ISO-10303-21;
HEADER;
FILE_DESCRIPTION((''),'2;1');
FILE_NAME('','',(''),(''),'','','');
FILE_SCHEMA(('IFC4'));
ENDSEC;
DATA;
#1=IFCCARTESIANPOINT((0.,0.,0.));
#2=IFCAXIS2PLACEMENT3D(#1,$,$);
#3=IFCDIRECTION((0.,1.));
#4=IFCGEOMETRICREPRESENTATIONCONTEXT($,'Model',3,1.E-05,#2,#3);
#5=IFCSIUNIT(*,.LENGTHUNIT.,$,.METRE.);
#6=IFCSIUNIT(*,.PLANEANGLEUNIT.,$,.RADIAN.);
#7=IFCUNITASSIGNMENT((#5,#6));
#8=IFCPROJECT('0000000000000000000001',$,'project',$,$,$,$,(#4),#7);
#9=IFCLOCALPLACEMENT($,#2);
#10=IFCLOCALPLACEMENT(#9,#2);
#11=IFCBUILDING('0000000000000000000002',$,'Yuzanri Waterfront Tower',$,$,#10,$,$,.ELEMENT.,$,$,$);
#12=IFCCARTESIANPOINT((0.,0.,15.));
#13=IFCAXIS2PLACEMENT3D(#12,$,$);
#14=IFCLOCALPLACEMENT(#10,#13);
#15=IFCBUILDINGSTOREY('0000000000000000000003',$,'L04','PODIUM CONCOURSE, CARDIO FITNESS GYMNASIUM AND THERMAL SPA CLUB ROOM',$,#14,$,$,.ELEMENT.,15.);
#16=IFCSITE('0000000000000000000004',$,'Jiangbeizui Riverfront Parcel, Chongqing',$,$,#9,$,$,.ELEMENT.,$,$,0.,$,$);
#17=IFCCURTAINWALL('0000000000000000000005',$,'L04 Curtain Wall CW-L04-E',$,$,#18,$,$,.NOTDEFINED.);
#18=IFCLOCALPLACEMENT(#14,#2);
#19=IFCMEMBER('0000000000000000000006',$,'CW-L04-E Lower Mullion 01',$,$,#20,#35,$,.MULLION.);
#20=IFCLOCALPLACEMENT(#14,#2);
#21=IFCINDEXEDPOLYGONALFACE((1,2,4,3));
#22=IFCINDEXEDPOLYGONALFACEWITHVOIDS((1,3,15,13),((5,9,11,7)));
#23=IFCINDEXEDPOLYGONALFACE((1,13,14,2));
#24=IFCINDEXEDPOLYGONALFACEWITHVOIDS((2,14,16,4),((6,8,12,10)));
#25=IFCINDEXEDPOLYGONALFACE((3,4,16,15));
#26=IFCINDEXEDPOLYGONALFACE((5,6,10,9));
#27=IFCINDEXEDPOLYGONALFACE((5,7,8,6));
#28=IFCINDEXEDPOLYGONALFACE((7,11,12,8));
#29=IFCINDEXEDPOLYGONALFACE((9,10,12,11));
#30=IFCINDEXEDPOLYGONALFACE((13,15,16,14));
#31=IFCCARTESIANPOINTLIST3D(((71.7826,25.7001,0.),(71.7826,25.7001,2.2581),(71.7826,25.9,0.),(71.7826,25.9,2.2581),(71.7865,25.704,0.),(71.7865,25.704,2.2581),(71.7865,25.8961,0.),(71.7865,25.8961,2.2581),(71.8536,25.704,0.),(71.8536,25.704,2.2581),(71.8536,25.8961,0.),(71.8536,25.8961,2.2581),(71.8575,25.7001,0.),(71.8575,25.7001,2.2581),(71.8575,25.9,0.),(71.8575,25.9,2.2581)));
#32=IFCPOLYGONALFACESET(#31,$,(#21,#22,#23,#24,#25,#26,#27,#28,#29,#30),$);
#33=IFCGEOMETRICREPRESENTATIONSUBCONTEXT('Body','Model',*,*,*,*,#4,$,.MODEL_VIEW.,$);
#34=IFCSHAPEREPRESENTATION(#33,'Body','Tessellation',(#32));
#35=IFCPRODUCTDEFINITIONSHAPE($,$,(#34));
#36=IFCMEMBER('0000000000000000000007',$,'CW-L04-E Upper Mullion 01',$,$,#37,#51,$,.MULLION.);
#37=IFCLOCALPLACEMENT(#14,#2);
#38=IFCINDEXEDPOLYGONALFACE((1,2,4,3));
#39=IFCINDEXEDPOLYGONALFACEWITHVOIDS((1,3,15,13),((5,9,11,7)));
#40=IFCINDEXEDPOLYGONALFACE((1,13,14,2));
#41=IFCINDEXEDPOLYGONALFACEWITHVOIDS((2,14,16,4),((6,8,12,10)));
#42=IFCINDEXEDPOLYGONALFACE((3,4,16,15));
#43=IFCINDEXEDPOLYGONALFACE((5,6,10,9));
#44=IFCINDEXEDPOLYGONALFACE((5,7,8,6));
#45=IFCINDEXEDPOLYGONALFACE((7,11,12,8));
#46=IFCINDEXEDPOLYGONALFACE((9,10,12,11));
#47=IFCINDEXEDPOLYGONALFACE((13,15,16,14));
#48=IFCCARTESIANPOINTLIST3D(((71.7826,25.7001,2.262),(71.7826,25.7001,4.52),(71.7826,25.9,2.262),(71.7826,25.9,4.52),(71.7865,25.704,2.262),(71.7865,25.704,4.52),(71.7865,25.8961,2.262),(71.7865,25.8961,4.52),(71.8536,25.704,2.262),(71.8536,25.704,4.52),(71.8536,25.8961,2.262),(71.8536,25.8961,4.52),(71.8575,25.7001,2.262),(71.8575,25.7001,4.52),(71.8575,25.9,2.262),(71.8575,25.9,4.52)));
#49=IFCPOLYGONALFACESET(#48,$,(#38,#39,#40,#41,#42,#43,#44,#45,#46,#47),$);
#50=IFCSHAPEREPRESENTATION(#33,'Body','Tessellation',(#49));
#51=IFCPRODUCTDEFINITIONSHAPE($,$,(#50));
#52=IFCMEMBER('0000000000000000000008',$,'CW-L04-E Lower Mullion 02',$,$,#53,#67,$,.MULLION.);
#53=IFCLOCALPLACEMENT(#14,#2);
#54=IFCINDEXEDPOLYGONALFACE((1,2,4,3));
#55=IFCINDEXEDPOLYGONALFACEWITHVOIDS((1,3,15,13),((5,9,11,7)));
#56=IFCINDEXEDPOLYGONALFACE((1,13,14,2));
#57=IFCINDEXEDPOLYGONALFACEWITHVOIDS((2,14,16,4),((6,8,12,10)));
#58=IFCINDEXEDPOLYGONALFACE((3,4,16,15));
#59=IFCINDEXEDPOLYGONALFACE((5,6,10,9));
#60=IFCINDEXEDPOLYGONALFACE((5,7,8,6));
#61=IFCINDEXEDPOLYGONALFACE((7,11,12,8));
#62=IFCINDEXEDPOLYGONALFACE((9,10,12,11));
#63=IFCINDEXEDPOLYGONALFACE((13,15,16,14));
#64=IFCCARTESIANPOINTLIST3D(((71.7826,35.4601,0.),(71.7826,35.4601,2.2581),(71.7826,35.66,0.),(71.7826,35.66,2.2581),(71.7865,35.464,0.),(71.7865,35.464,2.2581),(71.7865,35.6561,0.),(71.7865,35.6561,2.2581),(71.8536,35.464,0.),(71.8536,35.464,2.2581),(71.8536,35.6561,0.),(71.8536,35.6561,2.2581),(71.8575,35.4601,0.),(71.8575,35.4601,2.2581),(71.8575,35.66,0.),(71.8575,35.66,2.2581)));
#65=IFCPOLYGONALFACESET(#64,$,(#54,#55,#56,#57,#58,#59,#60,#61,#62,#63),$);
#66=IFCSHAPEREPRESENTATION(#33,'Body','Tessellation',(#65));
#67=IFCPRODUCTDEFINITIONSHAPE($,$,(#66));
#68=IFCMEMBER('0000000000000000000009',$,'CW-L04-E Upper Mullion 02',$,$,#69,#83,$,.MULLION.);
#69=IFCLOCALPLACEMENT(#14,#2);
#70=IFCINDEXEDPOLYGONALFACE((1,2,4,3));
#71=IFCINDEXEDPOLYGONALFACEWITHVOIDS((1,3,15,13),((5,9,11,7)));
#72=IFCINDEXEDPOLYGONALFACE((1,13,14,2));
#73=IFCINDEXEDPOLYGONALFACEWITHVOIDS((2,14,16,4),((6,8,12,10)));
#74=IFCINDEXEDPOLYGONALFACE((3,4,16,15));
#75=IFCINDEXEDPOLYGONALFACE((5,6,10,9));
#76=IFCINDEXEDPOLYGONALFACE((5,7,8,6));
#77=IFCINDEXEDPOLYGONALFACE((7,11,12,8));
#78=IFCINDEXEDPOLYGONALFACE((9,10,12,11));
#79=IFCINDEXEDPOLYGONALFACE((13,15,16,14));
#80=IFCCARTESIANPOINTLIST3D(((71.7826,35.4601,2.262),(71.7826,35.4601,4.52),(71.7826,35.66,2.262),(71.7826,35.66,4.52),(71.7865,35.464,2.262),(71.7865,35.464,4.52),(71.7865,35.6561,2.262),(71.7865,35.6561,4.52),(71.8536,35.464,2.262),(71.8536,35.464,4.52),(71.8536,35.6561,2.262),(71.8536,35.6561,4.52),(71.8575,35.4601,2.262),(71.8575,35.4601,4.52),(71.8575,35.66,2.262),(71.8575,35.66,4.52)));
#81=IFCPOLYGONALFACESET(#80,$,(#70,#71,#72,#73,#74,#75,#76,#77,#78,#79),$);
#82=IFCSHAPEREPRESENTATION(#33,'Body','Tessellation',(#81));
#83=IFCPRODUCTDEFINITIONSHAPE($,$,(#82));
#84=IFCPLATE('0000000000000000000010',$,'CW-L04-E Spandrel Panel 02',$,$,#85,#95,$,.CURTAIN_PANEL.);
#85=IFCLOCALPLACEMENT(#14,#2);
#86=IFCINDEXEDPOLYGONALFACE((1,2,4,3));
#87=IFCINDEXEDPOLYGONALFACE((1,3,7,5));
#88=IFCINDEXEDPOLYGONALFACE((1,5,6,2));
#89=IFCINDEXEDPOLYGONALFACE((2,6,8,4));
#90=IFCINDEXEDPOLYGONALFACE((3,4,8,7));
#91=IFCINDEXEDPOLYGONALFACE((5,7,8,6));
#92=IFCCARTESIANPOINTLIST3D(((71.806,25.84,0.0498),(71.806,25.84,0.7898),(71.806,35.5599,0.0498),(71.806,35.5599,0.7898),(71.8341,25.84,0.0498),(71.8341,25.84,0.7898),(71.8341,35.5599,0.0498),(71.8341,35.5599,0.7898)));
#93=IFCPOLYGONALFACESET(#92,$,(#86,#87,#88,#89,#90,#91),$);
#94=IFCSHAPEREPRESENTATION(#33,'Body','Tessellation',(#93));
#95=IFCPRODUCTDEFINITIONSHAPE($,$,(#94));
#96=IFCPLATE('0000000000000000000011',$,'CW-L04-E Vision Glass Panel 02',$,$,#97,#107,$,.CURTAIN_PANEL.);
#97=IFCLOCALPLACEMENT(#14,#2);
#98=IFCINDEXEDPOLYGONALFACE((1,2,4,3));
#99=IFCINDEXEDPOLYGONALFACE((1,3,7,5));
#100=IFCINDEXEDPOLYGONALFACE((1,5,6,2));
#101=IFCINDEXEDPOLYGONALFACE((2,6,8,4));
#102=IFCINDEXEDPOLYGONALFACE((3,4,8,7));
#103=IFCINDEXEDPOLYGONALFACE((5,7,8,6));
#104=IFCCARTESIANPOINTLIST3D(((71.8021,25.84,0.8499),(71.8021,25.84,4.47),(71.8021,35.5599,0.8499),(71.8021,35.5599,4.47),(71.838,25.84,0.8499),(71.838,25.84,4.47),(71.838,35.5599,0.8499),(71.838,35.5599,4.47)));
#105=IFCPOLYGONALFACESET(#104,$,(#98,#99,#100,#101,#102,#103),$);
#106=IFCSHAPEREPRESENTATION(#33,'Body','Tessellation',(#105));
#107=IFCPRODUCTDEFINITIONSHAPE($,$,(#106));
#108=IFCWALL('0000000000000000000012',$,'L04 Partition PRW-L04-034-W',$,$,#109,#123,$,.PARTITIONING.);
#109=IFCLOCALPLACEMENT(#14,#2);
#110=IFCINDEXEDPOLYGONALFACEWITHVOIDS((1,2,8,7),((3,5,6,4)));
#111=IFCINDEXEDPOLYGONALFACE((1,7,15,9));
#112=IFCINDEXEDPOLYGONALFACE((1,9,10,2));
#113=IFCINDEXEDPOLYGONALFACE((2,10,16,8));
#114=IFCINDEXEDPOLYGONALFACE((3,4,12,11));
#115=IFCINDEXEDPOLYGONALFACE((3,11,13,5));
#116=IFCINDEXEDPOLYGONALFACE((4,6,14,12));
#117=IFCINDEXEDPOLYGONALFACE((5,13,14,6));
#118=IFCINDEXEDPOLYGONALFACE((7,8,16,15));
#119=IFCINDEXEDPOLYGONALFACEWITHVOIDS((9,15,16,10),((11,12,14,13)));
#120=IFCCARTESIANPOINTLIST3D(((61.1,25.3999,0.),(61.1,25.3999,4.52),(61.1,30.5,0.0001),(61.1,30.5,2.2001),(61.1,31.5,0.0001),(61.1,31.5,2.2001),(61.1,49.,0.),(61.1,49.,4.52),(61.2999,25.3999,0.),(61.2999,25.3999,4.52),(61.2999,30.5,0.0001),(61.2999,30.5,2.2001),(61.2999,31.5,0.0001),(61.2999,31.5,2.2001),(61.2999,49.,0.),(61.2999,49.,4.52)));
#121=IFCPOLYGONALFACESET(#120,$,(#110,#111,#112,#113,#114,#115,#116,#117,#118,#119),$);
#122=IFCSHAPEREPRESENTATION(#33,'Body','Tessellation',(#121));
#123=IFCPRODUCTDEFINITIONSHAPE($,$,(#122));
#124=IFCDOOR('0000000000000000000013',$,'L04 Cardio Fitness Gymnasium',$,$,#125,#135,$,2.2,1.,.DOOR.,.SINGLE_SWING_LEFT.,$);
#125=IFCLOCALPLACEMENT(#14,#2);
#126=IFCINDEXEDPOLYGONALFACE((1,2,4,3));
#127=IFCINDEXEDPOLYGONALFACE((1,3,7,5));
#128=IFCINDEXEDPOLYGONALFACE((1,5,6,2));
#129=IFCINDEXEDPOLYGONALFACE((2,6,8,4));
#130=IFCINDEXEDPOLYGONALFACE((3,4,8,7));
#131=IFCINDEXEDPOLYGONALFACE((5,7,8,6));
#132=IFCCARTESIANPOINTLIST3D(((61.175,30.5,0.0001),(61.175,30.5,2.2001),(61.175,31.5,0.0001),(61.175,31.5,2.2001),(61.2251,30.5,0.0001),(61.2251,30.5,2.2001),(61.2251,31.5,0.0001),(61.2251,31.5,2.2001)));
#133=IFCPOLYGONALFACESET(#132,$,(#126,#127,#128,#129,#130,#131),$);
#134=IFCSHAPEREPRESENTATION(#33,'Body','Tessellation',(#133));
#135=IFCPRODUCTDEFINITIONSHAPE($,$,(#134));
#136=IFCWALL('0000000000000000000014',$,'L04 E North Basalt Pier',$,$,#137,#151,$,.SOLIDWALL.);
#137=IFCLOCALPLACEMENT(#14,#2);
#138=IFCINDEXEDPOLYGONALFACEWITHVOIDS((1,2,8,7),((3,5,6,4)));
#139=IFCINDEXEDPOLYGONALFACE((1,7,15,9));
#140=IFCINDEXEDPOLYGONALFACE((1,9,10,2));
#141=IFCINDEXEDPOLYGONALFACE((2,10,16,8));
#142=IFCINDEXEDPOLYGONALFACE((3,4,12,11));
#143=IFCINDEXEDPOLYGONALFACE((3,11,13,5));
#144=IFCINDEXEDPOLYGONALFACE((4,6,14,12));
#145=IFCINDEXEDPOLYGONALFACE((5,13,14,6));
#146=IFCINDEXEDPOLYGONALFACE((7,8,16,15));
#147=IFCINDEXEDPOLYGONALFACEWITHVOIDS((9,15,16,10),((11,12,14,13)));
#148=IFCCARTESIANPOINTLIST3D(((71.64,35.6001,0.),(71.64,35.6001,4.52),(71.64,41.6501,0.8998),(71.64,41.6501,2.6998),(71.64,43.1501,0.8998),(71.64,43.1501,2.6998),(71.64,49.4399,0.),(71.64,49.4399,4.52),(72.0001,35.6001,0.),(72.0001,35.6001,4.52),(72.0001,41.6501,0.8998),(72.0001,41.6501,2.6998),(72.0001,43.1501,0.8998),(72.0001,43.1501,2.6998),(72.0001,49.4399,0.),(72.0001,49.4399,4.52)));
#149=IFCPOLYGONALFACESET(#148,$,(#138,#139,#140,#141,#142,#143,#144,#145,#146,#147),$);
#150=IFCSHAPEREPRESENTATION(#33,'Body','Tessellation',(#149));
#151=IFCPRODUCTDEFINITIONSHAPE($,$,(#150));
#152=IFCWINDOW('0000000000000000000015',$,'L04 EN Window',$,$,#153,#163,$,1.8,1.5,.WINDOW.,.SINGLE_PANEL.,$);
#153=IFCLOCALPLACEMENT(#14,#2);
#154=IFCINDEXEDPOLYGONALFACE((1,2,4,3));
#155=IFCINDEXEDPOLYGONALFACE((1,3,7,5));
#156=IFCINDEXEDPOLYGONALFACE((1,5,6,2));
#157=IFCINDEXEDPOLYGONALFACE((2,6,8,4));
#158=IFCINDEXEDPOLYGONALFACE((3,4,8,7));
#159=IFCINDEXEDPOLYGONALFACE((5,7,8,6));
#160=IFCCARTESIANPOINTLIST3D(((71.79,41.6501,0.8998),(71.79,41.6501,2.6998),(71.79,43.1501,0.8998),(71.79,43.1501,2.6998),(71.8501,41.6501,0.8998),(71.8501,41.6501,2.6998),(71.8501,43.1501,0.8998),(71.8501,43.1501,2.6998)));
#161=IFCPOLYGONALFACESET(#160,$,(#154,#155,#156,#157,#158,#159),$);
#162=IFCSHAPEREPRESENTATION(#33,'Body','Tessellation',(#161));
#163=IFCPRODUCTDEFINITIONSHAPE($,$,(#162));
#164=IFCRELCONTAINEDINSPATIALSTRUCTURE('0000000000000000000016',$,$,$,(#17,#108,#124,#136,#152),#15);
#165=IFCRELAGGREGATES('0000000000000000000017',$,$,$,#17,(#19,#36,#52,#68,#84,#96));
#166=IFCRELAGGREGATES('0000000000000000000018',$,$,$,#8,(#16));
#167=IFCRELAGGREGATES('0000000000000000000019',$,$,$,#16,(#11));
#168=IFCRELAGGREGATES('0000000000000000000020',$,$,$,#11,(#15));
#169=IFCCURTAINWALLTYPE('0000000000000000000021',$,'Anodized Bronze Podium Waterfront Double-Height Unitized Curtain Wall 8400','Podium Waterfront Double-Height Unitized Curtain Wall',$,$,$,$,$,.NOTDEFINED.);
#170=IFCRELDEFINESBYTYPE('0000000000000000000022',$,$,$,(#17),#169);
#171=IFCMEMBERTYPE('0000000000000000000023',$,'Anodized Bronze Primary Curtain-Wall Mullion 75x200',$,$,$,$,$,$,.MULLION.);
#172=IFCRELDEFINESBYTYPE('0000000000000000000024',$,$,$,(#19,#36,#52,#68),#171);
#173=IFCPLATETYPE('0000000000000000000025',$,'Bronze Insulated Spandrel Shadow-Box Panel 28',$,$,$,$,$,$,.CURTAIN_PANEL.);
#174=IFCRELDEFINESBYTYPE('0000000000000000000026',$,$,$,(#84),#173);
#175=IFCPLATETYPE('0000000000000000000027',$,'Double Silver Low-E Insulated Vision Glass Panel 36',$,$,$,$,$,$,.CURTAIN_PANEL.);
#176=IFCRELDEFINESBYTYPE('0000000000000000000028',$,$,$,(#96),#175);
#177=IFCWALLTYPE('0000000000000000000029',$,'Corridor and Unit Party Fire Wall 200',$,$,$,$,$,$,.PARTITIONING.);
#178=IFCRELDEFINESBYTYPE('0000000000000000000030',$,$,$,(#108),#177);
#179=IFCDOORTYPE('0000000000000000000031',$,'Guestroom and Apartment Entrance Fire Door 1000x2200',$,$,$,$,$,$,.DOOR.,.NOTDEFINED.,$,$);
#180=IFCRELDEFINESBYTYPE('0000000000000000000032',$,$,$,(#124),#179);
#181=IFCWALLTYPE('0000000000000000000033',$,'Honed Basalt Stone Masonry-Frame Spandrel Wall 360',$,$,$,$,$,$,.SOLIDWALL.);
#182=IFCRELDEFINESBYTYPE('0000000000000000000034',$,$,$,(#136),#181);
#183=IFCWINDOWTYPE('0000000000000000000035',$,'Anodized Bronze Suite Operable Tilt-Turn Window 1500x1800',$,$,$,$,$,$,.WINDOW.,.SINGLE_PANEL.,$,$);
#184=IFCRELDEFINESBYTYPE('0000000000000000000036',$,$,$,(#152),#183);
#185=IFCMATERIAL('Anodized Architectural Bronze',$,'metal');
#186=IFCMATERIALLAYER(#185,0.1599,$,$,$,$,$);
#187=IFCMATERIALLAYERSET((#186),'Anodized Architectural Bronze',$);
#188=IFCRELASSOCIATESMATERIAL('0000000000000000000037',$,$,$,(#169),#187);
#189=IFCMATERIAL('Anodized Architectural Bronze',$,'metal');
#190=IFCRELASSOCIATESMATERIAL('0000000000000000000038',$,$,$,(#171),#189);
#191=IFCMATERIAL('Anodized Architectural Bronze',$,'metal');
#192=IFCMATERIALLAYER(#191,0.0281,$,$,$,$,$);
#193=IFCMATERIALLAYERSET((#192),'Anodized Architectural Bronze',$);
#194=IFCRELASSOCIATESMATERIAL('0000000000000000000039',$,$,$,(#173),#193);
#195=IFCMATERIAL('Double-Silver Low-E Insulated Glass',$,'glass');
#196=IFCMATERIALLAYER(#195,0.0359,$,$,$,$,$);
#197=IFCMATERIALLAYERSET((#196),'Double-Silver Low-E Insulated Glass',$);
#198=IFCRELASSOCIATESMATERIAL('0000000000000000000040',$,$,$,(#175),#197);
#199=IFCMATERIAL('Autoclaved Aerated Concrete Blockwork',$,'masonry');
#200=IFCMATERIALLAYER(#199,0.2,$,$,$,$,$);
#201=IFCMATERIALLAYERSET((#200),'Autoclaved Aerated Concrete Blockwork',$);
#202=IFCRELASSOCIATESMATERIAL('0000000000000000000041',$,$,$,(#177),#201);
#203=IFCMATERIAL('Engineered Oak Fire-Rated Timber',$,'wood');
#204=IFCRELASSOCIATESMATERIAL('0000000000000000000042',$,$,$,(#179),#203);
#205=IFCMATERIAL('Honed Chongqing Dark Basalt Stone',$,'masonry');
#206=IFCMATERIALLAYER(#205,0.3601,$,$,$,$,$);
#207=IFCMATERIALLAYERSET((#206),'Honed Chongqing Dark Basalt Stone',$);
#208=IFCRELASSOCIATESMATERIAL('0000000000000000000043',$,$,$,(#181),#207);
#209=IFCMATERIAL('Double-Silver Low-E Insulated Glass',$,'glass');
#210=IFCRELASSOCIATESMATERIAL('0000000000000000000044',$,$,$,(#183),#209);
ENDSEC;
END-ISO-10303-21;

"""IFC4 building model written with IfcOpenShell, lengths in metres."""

from ifc_helpers import new_model, si_unit, direction, frame, frame_2d, origin, origin_2d, place, context, subcontext, project, spatial, rectangle, hollow_rectangle, extrude, source, transform, mapped, material, layer, layer_set, material_profile, profile_set, type_object, element, fill, aggregate, save


model = new_model("IFC4")

# Units and contexts
model_context = context("Model", 3, precision=1e-05, world=origin(), true_north=direction((0.0, 1.0)))
body_context = subcontext(model_context, "Body", "Model", "MODEL_VIEW")
ifc_project = project(units=[si_unit("LENGTHUNIT", "METRE"), si_unit("PLANEANGLEUNIT", "RADIAN")], contexts=[model_context])

# Site, building, storey
site_placement = place(None, origin())
site = spatial("IfcSite", under=ifc_project, at=site_placement, Name="Jiangbeizui Riverfront Parcel, Chongqing", CompositionType="ELEMENT", RefElevation=0.0)
building_placement = place(site_placement, origin())
building = spatial("IfcBuilding", under=site, at=building_placement, Name="Yuzanri Waterfront Tower", CompositionType="ELEMENT")
storey_placement = place(building_placement, frame((0.0, 0.0, 15.0)))
storey = spatial("IfcBuildingStorey", under=building, at=storey_placement, Name="L04", Description="PODIUM CONCOURSE, CARDIO FITNESS GYMNASIUM AND THERMAL SPA CLUB ROOM", CompositionType="ELEMENT", Elevation=15.0)

# Curtain wall, members, plates
ifc_material_1 = material(Name="Anodized Architectural Bronze", Category="metal")
ifc_layer_1 = layer(ifc_material_1, 0.1599)
ifc_layer_set_1 = layer_set([ifc_layer_1], Name="Anodized Architectural Bronze")
curtain_wall_type = type_object("IfcCurtainWallType", Name="Anodized Bronze Podium Waterfront Double-Height Unitized Curtain Wall 8400", Description="Podium Waterfront Double-Height Unitized Curtain Wall", PredefinedType="NOTDEFINED", material=ifc_layer_set_1)
curtain_wall_placement = place(storey_placement, origin())
curtain_wall = element("IfcCurtainWall", 1, at=curtain_wall_placement, inside=storey, type_object=curtain_wall_type, Name="L04 Curtain Wall CW-L04-E", PredefinedType="NOTDEFINED")
ifc_material_2 = material(Name="Anodized Architectural Bronze", Category="metal")
ifc_material_profile_1 = material_profile(ifc_material_2, hollow_rectangle(XDim=0.075, YDim=0.2, WallThickness=0.0039, at=origin_2d()), Name="CWM 75x200")
ifc_profile_set_1 = profile_set([ifc_material_profile_1], Name="Anodized Architectural Bronze")
member_type = type_object("IfcMemberType", Name="Anodized Bronze Primary Curtain-Wall Mullion 75x200", PredefinedType="MULLION", material=ifc_profile_set_1)
shared_shape_1 = source(origin(), body_context, "Body", "SweptSolid", [
    extrude(hollow_rectangle(XDim=0.075, YDim=0.2, WallThickness=0.0039, at=origin_2d()), origin(), (0.0, 0.0, 1.0), 2.2581),
])
member_1_placement = place(storey_placement, frame((71.8201, 25.8, 0.0), z_axis=(0.0, 0.0, 1.0), x_axis=(1.0, 0.0, 0.0)))
member_1 = element("IfcMember", 2, at=member_1_placement, type_object=member_type, Name="CW-L04-E Lower Mullion 01", PredefinedType="MULLION", context=body_context, shape_type="MappedRepresentation", body=[
    mapped(shared_shape_1, transform((0.0, 0.0, 0.0), scale=1.0)),
])
member_2_placement = place(storey_placement, frame((71.8201, 25.8, 2.262), z_axis=(0.0, 0.0, 1.0), x_axis=(1.0, 0.0, 0.0)))
member_2 = element("IfcMember", 3, at=member_2_placement, type_object=member_type, Name="CW-L04-E Upper Mullion 01", PredefinedType="MULLION", context=body_context, shape_type="MappedRepresentation", body=[
    mapped(shared_shape_1, transform((0.0, 0.0, 0.0), scale=1.0)),
])
member_3_placement = place(storey_placement, frame((71.8201, 35.5601, 0.0), z_axis=(0.0, 0.0, 1.0), x_axis=(1.0, 0.0, 0.0)))
member_3 = element("IfcMember", 4, at=member_3_placement, type_object=member_type, Name="CW-L04-E Lower Mullion 02", PredefinedType="MULLION", context=body_context, shape_type="MappedRepresentation", body=[
    mapped(shared_shape_1, transform((0.0, 0.0, 0.0), scale=1.0)),
])
member_4_placement = place(storey_placement, frame((71.8201, 35.5601, 2.262), z_axis=(0.0, 0.0, 1.0), x_axis=(1.0, 0.0, 0.0)))
member_4 = element("IfcMember", 5, at=member_4_placement, type_object=member_type, Name="CW-L04-E Upper Mullion 02", PredefinedType="MULLION", context=body_context, shape_type="MappedRepresentation", body=[
    mapped(shared_shape_1, transform((0.0, 0.0, 0.0), scale=1.0)),
])
ifc_material_3 = material(Name="Anodized Architectural Bronze", Category="metal")
ifc_layer_2 = layer(ifc_material_3, 0.0281)
ifc_layer_set_2 = layer_set([ifc_layer_2], Name="Anodized Architectural Bronze")
plate_type_1 = type_object("IfcPlateType", Name="Bronze Insulated Spandrel Shadow-Box Panel 28", PredefinedType="CURTAIN_PANEL", material=ifc_layer_set_2)
shared_shape_2 = source(origin(), body_context, "Body", "SweptSolid", [
    extrude(rectangle(XDim=9.72, YDim=0.0281, at=origin_2d()), origin(), (0.0, 0.0, 1.0), 0.74),
])
plate_1_placement = place(storey_placement, frame((71.8201, 30.7, 0.0498), z_axis=(0.0, 0.0, 1.0), x_axis=(0.0, 1.0, 0.0)))
plate_1 = element("IfcPlate", 6, at=plate_1_placement, type_object=plate_type_1, Name="CW-L04-E Spandrel Panel 02", PredefinedType="CURTAIN_PANEL", context=body_context, shape_type="MappedRepresentation", body=[
    mapped(shared_shape_2, transform((0.0, 0.0, 0.0), scale=1.0)),
])
ifc_material_4 = material(Name="Double-Silver Low-E Insulated Glass", Category="glass")
ifc_layer_3 = layer(ifc_material_4, 0.0359)
ifc_layer_set_3 = layer_set([ifc_layer_3], Name="Double-Silver Low-E Insulated Glass")
plate_type_2 = type_object("IfcPlateType", Name="Double Silver Low-E Insulated Vision Glass Panel 36", PredefinedType="CURTAIN_PANEL", material=ifc_layer_set_3)
shared_shape_3 = source(origin(), body_context, "Body", "SweptSolid", [
    extrude(rectangle(XDim=9.72, YDim=0.0359, at=origin_2d()), origin(), (0.0, 0.0, 1.0), 3.6201),
])
plate_2_placement = place(storey_placement, frame((71.8201, 30.7, 0.8499), z_axis=(0.0, 0.0, 1.0), x_axis=(0.0, 1.0, 0.0)))
plate_2 = element("IfcPlate", 7, at=plate_2_placement, type_object=plate_type_2, Name="CW-L04-E Vision Glass Panel 02", PredefinedType="CURTAIN_PANEL", context=body_context, shape_type="MappedRepresentation", body=[
    mapped(shared_shape_3, transform((0.0, 0.0, 0.0), scale=1.0)),
])
aggregate(curtain_wall, [member_1, member_2, member_3, member_4, plate_1, plate_2])

# Wall, opening, door
ifc_material_5 = material(Name="Autoclaved Aerated Concrete Blockwork", Category="masonry")
ifc_layer_4 = layer(ifc_material_5, 0.2)
ifc_layer_set_4 = layer_set([ifc_layer_4], Name="Autoclaved Aerated Concrete Blockwork")
wall_type_1 = type_object("IfcWallType", Name="Corridor and Unit Party Fire Wall 200", PredefinedType="PARTITIONING", material=ifc_layer_set_4)
wall_1_placement = place(storey_placement, frame((61.2, 25.3999, 0.0), z_axis=(0.0, 0.0, 1.0), x_axis=(0.0, 1.0, 0.0)))
wall_1 = element("IfcWall", 8, at=wall_1_placement, inside=storey, type_object=wall_type_1, Name="L04 Partition PRW-L04-034-W", PredefinedType="PARTITIONING", context=body_context, shape_type="SweptSolid", body=[
    extrude(rectangle(XDim=23.6001, YDim=0.2, at=frame_2d((11.8, 0.0))), origin(), (0.0, 0.0, 1.0), 4.52),
])
opening_1_placement = place(wall_1_placement, frame((5.1001, 0.0, 0.0)))
opening_1 = element("IfcOpeningElement", 9, at=opening_1_placement, cuts=wall_1, PredefinedType="OPENING", context=body_context, shape_type="SweptSolid", body=[
    extrude(rectangle(XDim=1.0, YDim=2.2, at=frame_2d((0.5, 1.1001))), frame((0.0, 0.1147, 0.0), z_axis=(0.0, -1.0, 0.0), x_axis=(1.0, 0.0, 0.0)), (0.0, 0.0, 1.0), 0.2297),
])
ifc_material_6 = material(Name="Engineered Oak Fire-Rated Timber", Category="wood")
door_type_1 = type_object("IfcDoorType", Name="Guestroom and Apartment Entrance Fire Door 1000x2200", OperationType="NOTDEFINED", PredefinedType="DOOR", material=ifc_material_6)
shared_shape_4 = source(origin(), body_context, "Body", "SweptSolid", [
    extrude(rectangle(XDim=1.0, YDim=2.2, at=frame_2d((0.5, 1.1001))), frame((0.0, 0.0249, 0.0), z_axis=(0.0, -1.0, 0.0), x_axis=(1.0, 0.0, 0.0)), (0.0, 0.0, 1.0), 0.05),
])
door_1_placement = place(opening_1_placement, origin())
door_1 = element("IfcDoor", 10, at=door_1_placement, inside=storey, type_object=door_type_1, Name="L04 Cardio Fitness Gymnasium", OperationType="SINGLE_SWING_LEFT", OverallHeight=2.2, OverallWidth=1.0, PredefinedType="DOOR", context=body_context, shape_type="MappedRepresentation", body=[
    mapped(shared_shape_4, transform((0.0, 0.0, 0.0), scale=1.0)),
])
fill(opening_1, door_1)

# Wall, opening, window
ifc_material_7 = material(Name="Honed Chongqing Dark Basalt Stone", Category="masonry")
ifc_layer_5 = layer(ifc_material_7, 0.3601)
ifc_layer_set_5 = layer_set([ifc_layer_5], Name="Honed Chongqing Dark Basalt Stone")
wall_type_2 = type_object("IfcWallType", Name="Honed Basalt Stone Masonry-Frame Spandrel Wall 360", PredefinedType="SOLIDWALL", material=ifc_layer_set_5)
wall_2_placement = place(storey_placement, frame((71.8201, 35.6001, 0.0), z_axis=(0.0, 0.0, 1.0), x_axis=(0.0, 1.0, 0.0)))
wall_2 = element("IfcWall", 11, at=wall_2_placement, inside=storey, type_object=wall_type_2, Name="L04 E North Basalt Pier", PredefinedType="SOLIDWALL", context=body_context, shape_type="SweptSolid", body=[
    extrude(rectangle(XDim=13.8398, YDim=0.3601, at=frame_2d((6.9199, 0.0))), origin(), (0.0, 0.0, 1.0), 4.52),
])
opening_2_placement = place(wall_2_placement, frame((6.05, 0.0, 0.8999)))
opening_2 = element("IfcOpeningElement", 12, at=opening_2_placement, cuts=wall_2, PredefinedType="OPENING", context=body_context, shape_type="SweptSolid", body=[
    extrude(rectangle(XDim=1.5, YDim=1.8, at=frame_2d((0.75, 0.8999))), frame((0.0, 0.1948, 0.0), z_axis=(0.0, -1.0, 0.0), x_axis=(1.0, 0.0, 0.0)), (0.0, 0.0, 1.0), 0.3899),
])
ifc_material_8 = material(Name="Double-Silver Low-E Insulated Glass", Category="glass")
window_type = type_object("IfcWindowType", Name="Anodized Bronze Suite Operable Tilt-Turn Window 1500x1800", PartitioningType="SINGLE_PANEL", PredefinedType="WINDOW", material=ifc_material_8)
shared_shape_5 = source(origin(), body_context, "Body", "SweptSolid", [
    extrude(rectangle(XDim=1.5, YDim=1.8, at=frame_2d((0.75, 0.8999))), frame((0.0, 0.03, 0.0), z_axis=(0.0, -1.0, 0.0), x_axis=(1.0, 0.0, 0.0)), (0.0, 0.0, 1.0), 0.0601),
])
window_placement = place(opening_2_placement, origin())
window = element("IfcWindow", 13, at=window_placement, inside=storey, type_object=window_type, Name="L04 EN Window", OverallHeight=1.8, OverallWidth=1.5, PartitioningType="SINGLE_PANEL", PredefinedType="WINDOW", context=body_context, shape_type="MappedRepresentation", body=[
    mapped(shared_shape_5, transform((0.0, 0.0, 0.0), scale=1.0)),
])
fill(opening_2, window)

save(model, "model.ifc")
